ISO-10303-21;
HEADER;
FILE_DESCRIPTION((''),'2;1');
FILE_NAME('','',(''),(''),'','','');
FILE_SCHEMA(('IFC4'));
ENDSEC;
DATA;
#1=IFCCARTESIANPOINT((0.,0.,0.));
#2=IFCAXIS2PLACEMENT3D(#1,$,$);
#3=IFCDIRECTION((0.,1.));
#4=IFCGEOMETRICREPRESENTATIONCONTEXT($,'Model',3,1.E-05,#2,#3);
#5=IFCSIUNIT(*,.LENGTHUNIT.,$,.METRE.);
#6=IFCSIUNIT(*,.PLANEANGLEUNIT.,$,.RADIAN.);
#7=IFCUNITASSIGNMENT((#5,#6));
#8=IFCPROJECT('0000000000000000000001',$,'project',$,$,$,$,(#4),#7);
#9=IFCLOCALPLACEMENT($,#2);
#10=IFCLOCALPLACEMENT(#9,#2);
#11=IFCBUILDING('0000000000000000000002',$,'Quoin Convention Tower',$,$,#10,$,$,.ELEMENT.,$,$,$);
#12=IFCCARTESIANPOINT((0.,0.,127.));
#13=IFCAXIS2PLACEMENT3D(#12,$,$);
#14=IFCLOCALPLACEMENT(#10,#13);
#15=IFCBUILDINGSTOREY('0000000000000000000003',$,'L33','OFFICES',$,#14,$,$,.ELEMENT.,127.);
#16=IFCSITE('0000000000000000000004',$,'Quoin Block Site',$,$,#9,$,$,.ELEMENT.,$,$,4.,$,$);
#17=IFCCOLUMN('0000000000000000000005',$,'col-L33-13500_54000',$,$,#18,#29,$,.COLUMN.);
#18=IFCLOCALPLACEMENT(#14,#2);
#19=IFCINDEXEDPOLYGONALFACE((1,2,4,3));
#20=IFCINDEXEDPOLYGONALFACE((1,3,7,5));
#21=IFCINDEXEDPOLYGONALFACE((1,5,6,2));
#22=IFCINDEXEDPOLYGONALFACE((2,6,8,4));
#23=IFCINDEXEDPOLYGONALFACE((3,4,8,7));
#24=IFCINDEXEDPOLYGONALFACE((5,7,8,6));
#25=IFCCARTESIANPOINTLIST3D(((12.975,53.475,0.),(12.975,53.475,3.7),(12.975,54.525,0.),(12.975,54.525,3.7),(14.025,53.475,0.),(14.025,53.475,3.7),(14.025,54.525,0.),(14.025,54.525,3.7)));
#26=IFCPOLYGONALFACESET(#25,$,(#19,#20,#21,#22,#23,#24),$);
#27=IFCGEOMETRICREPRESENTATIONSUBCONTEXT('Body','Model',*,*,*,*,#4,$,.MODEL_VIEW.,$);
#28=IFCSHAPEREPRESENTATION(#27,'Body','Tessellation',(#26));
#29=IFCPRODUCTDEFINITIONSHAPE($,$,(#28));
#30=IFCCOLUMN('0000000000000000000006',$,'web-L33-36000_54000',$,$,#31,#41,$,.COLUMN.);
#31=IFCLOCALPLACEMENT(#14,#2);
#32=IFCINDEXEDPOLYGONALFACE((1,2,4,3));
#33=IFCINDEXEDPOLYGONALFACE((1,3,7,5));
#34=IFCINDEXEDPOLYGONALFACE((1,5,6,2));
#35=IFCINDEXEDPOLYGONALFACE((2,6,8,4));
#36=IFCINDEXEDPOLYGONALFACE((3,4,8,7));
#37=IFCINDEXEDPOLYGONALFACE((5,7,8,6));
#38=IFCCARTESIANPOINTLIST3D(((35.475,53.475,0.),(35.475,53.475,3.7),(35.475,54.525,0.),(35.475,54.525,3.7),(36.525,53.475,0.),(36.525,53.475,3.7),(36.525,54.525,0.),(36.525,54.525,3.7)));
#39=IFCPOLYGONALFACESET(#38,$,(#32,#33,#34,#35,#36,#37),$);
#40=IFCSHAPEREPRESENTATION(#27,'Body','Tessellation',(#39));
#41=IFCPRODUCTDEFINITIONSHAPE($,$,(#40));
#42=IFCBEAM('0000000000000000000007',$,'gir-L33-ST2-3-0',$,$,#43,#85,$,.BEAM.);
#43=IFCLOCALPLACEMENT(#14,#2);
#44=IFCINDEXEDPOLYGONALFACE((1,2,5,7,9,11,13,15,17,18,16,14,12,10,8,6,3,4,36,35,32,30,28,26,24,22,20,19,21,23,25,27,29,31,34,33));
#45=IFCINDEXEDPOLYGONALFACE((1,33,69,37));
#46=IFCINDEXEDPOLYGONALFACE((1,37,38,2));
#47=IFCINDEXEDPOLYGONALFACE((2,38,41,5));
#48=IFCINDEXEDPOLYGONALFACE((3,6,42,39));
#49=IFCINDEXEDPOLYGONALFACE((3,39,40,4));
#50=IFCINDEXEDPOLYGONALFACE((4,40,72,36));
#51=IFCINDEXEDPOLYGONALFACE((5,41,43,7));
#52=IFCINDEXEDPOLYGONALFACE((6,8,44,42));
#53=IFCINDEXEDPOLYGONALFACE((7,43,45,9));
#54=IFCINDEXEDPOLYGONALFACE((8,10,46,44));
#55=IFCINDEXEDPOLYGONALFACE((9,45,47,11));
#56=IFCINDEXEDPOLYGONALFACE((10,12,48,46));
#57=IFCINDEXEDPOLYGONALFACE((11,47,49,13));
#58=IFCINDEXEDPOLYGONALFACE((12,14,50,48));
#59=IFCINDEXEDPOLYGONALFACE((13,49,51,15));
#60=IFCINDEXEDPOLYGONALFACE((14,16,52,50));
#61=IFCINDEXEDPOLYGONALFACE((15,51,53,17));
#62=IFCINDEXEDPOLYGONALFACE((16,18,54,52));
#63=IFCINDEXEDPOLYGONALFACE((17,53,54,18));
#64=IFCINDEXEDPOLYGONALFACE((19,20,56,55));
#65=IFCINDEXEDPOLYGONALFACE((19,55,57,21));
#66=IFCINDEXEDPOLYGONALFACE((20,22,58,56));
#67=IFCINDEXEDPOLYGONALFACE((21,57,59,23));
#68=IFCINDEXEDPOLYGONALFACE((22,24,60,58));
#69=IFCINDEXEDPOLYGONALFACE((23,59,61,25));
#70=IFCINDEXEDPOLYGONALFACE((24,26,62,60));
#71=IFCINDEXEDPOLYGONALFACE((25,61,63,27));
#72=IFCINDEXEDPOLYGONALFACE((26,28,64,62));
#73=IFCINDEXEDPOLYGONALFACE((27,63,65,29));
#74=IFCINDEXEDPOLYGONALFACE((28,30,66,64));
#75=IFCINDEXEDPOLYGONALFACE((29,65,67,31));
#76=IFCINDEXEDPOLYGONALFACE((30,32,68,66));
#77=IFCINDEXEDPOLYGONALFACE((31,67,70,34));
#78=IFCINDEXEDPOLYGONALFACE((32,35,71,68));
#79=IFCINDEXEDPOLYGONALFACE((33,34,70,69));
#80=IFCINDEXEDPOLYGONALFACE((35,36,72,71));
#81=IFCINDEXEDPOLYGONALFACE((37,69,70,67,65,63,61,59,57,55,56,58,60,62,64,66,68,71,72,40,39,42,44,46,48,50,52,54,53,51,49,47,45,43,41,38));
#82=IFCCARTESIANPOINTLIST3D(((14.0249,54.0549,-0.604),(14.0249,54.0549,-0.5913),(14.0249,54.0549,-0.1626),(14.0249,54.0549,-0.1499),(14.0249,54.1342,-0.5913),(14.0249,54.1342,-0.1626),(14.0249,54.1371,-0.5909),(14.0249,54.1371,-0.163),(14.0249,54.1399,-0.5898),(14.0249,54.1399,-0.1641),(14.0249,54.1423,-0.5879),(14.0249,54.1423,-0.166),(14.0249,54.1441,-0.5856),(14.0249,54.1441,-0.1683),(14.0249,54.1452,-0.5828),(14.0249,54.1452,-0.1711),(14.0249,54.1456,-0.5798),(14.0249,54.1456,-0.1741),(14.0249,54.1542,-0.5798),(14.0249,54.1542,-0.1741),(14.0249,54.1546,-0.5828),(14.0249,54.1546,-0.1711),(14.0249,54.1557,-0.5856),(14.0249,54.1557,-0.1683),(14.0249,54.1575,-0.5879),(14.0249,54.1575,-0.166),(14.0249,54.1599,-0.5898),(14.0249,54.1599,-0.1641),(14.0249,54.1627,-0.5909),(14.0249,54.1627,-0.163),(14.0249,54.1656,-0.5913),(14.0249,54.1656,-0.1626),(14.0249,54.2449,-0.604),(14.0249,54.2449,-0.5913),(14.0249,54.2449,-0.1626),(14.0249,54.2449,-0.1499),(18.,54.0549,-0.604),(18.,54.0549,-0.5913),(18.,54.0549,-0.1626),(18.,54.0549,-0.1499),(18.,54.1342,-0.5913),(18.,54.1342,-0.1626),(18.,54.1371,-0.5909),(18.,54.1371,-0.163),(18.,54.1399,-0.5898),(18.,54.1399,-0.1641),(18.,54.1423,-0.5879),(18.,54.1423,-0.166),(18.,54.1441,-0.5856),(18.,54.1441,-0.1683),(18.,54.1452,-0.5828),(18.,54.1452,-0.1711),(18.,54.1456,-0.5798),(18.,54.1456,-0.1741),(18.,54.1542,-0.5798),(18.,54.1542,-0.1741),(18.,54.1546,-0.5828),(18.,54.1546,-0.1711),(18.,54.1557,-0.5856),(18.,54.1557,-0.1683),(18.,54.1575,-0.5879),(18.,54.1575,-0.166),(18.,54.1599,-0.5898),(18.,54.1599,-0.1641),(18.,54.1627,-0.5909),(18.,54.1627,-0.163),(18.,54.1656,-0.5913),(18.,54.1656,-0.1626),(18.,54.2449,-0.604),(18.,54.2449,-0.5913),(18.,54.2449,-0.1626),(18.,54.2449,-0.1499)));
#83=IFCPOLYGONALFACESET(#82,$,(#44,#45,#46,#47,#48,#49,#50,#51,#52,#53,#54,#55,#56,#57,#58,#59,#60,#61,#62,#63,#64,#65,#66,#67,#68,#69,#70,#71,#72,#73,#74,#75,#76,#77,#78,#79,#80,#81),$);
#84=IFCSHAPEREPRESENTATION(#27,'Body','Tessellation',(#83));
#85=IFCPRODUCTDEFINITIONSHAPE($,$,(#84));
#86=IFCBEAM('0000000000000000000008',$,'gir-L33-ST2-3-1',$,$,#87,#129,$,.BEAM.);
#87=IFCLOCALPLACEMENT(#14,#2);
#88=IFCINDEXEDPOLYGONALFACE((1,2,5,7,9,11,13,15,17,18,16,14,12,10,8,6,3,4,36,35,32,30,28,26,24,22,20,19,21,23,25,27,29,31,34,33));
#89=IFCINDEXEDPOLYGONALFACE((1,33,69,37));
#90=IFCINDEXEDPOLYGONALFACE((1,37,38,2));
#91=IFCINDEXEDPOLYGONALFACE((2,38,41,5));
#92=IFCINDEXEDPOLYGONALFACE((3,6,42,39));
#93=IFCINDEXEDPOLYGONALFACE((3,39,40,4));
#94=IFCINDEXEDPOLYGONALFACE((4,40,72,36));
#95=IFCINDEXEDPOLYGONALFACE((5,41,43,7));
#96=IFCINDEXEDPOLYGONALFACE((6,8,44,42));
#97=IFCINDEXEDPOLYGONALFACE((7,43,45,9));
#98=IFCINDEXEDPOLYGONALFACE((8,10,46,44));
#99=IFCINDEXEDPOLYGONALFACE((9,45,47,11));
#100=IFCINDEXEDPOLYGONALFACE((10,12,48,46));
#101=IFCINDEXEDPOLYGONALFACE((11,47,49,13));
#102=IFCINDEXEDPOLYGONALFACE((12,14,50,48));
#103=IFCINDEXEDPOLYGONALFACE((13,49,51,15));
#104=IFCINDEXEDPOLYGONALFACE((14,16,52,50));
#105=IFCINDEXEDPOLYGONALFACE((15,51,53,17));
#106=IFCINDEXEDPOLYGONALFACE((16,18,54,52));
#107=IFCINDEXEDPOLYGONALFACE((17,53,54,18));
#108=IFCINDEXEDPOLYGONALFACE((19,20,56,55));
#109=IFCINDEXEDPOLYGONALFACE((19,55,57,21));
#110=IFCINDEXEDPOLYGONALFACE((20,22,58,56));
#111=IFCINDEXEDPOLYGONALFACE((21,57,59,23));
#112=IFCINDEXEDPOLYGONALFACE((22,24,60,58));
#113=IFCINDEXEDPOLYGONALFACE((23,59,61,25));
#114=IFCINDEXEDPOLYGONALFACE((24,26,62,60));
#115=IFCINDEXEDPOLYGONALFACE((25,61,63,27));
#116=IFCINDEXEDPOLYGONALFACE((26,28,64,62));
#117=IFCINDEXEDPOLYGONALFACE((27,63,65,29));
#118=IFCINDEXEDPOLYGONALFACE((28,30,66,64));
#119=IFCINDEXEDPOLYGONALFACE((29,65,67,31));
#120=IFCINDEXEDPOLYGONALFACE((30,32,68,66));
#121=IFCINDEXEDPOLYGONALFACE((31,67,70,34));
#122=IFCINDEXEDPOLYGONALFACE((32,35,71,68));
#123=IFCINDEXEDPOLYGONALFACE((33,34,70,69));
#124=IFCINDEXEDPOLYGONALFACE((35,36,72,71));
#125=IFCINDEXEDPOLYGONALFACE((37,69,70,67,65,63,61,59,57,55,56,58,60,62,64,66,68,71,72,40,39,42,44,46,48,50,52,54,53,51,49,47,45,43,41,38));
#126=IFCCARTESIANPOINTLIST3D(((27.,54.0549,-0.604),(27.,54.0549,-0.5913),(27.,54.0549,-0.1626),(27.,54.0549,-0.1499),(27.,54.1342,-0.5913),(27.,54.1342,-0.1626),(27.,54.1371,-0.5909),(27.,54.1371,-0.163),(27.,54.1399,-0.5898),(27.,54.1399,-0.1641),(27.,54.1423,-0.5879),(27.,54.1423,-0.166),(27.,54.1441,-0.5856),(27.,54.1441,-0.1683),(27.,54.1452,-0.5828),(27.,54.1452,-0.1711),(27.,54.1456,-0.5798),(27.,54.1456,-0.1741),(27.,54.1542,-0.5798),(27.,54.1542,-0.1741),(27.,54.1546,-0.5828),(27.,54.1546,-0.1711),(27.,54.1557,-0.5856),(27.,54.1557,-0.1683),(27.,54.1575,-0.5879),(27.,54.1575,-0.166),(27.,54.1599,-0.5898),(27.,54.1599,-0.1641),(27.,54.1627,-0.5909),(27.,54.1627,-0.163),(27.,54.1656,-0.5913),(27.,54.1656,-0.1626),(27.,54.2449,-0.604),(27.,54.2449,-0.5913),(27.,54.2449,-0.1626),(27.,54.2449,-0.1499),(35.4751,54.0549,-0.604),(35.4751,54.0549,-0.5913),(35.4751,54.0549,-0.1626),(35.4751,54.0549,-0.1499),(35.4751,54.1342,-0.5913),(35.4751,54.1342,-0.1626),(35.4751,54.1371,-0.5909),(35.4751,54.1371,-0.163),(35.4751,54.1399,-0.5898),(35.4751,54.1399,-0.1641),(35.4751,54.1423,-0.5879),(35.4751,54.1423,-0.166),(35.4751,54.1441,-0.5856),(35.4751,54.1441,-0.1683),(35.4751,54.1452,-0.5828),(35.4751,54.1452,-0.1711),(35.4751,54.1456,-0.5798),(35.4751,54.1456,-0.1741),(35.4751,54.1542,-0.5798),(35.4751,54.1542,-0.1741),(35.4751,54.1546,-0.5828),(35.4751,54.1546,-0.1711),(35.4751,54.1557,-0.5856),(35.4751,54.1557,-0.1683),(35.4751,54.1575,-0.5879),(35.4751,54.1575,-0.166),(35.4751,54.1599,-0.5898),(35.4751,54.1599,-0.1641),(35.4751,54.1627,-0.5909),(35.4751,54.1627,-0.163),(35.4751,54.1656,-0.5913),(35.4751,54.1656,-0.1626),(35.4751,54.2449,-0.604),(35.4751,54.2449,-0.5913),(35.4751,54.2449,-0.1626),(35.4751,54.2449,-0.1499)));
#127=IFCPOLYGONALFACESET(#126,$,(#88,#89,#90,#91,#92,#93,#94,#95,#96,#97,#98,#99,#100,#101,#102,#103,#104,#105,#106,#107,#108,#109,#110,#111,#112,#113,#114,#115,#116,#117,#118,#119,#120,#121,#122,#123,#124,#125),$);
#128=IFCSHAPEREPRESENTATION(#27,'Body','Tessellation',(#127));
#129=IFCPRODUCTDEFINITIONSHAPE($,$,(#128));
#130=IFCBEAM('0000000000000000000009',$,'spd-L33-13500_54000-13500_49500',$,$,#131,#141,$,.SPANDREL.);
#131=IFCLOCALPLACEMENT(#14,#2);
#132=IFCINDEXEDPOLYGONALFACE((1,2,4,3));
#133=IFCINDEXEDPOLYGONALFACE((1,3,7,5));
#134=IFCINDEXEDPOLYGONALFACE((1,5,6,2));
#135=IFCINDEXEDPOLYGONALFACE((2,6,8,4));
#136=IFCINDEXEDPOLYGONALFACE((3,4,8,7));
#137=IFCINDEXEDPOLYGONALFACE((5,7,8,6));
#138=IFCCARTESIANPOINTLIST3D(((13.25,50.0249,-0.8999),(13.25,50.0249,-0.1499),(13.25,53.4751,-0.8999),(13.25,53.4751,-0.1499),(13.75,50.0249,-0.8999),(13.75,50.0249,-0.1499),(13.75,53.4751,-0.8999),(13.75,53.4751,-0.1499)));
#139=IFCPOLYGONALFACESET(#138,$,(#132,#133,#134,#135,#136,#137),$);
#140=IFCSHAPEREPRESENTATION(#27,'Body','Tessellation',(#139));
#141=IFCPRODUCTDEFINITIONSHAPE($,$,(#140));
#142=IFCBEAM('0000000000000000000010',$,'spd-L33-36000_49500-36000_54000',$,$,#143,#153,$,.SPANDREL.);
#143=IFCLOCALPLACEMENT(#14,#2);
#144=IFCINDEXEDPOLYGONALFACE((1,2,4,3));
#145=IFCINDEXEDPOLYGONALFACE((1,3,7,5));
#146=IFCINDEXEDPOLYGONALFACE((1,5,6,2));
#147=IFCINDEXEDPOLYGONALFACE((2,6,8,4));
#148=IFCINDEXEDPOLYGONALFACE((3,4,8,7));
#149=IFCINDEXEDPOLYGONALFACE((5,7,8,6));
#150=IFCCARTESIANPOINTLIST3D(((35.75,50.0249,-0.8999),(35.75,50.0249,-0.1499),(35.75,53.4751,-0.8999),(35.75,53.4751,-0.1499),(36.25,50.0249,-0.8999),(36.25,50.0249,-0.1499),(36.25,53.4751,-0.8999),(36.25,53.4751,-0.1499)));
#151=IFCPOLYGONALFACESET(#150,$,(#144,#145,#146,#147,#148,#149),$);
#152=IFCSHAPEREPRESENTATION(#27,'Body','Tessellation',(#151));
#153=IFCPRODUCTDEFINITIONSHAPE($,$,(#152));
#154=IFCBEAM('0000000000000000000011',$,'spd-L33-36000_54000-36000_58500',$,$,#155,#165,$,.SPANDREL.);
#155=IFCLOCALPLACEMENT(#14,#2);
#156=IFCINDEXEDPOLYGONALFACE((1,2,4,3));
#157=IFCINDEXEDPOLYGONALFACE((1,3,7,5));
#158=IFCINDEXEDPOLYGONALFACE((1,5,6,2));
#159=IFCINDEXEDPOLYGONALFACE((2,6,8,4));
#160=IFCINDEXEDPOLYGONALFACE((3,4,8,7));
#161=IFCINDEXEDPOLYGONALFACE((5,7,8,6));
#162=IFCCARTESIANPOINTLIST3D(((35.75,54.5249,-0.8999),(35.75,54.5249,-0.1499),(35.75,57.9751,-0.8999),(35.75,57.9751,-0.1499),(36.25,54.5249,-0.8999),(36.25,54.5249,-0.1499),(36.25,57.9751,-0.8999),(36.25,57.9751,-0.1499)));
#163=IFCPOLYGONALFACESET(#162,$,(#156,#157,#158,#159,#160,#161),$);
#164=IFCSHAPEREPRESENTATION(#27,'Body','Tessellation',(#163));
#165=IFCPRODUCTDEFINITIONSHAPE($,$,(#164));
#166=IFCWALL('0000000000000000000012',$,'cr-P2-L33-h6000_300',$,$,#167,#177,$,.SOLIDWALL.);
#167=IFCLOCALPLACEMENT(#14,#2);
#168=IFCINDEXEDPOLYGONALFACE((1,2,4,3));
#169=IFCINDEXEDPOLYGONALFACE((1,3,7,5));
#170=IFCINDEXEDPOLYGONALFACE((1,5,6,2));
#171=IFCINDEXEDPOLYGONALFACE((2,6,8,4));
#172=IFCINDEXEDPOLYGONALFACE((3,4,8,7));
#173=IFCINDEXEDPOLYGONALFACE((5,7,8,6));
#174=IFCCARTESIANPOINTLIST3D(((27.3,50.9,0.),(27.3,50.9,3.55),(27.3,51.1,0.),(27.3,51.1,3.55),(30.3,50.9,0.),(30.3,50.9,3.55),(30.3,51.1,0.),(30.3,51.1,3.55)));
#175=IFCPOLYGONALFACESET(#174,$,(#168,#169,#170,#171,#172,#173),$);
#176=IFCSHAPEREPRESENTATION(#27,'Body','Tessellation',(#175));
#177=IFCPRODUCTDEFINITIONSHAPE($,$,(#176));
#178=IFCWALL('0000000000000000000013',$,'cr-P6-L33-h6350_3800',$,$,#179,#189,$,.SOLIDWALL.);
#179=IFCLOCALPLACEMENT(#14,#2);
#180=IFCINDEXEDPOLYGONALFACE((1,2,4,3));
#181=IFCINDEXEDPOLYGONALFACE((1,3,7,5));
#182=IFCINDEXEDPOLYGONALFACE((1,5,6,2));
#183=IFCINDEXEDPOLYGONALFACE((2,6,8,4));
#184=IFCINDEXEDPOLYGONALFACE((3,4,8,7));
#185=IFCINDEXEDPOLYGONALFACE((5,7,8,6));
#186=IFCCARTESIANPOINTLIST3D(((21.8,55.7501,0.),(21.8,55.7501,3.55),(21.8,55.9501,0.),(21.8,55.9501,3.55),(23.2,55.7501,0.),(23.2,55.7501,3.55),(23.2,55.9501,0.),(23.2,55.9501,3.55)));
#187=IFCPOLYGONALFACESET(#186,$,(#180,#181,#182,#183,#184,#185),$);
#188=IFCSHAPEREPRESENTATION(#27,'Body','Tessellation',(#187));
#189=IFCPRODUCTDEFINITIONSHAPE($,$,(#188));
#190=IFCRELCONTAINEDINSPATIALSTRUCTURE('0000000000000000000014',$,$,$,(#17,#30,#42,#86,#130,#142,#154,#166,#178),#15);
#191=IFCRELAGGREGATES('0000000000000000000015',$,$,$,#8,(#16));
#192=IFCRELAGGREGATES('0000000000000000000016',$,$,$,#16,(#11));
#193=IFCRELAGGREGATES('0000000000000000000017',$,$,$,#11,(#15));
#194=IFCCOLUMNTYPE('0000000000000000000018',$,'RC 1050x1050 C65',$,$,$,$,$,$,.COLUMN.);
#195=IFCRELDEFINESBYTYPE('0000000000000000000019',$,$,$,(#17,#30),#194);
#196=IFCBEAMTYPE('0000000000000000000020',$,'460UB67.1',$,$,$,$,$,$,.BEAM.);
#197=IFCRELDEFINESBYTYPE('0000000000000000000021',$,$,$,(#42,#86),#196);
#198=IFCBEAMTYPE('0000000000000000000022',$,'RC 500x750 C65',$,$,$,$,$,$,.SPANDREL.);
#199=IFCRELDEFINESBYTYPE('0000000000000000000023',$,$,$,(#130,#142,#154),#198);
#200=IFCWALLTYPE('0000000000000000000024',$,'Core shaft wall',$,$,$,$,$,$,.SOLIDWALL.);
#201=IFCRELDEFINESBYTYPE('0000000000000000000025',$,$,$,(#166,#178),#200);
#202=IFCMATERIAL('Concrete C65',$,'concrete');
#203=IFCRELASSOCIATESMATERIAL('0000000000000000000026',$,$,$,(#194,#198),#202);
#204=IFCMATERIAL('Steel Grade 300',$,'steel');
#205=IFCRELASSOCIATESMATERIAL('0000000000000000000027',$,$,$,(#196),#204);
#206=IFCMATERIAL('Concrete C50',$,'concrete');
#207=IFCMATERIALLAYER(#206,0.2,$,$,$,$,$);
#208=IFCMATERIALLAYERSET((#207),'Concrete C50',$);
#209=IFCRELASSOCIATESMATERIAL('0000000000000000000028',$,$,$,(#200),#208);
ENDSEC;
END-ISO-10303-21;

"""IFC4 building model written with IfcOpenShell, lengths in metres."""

from ifc_helpers import new_model, si_unit, direction, frame, frame_2d, origin, origin_2d, place, context, subcontext, project, spatial, rectangle, i_section, extrude, material, layer, layer_set, material_profile, profile_set, type_object, element, save


model = new_model("IFC4")

# Units and contexts
model_context = context("Model", 3, precision=1e-05, world=origin(), true_north=direction((0.0, 1.0)))
body_context = subcontext(model_context, "Body", "Model", "MODEL_VIEW")
ifc_project = project(units=[si_unit("LENGTHUNIT", "METRE"), si_unit("PLANEANGLEUNIT", "RADIAN")], contexts=[model_context])

# Site, building, storey
site_placement = place(None, origin())
site = spatial("IfcSite", under=ifc_project, at=site_placement, Name="Quoin Block Site", CompositionType="ELEMENT", RefElevation=4.0)
building_placement = place(site_placement, origin())
building = spatial("IfcBuilding", under=site, at=building_placement, Name="Quoin Convention Tower", CompositionType="ELEMENT")
storey_placement = place(building_placement, frame((0.0, 0.0, 127.0)))
storey = spatial("IfcBuildingStorey", under=building, at=storey_placement, Name="L33", Description="OFFICES", CompositionType="ELEMENT", Elevation=127.0)

# Columns
ifc_material_1 = material(Name="Concrete C65", Category="concrete")
ifc_material_profile_1 = material_profile(ifc_material_1, rectangle(XDim=1.05, YDim=1.05, at=origin_2d()), Name="RC 1050x1050")
ifc_profile_set_1 = profile_set([ifc_material_profile_1], Name="Concrete C65")
column_type = type_object("IfcColumnType", Name="RC 1050x1050 C65", PredefinedType="COLUMN", material=ifc_profile_set_1)
for number, where, z_axis, x_axis, name in (
    (1, (13.5, 54.0, 0.0), (0.0, 0.0, 1.0), (1.0, 0.0, 0.0), "col-L33-13500_54000"),
    (2, (36.0, 54.0, 0.0), (0.0, 0.0, 1.0), (1.0, 0.0, 0.0), "web-L33-36000_54000"),
):
    element("IfcColumn", number, at=place(storey_placement, frame(where, z_axis=z_axis, x_axis=x_axis)), inside=storey, type_object=column_type, Name=name, PredefinedType="COLUMN", context=body_context, shape_type="SweptSolid", body=[
        extrude(rectangle(XDim=1.05, YDim=1.05, at=origin_2d()), origin(), (0.0, 0.0, 1.0), 3.7),
    ])

# Beams
ifc_material_2 = material(Name="Steel Grade 300", Category="steel")
ifc_material_profile_2 = material_profile(ifc_material_2, i_section(OverallWidth=0.1899, OverallDepth=0.4541, WebThickness=0.0085, FlangeThickness=0.0127, FilletRadius=0.0115, at=origin_2d()), Name="460UB67.1")
ifc_profile_set_2 = profile_set([ifc_material_profile_2], Name="Steel Grade 300")
beam_type_1 = type_object("IfcBeamType", Name="460UB67.1", PredefinedType="BEAM", material=ifc_profile_set_2)
beam_1_placement = place(storey_placement, frame((14.0249, 54.1499, -0.377), z_axis=(1.0, 0.0, 0.0), x_axis=(0.0, 1.0, 0.0)))
element("IfcBeam", 3, at=beam_1_placement, inside=storey, type_object=beam_type_1, Name="gir-L33-ST2-3-0", PredefinedType="BEAM", context=body_context, shape_type="SweptSolid", body=[
    extrude(i_section(OverallWidth=0.1899, OverallDepth=0.4541, WebThickness=0.0085, FlangeThickness=0.0127, FilletRadius=0.0115, at=origin_2d()), origin(), (0.0, 0.0, 1.0), 3.9751),
])
beam_2_placement = place(storey_placement, frame((27.0, 54.1499, -0.377), z_axis=(1.0, 0.0, 0.0), x_axis=(0.0, 1.0, 0.0)))
element("IfcBeam", 4, at=beam_2_placement, inside=storey, type_object=beam_type_1, Name="gir-L33-ST2-3-1", PredefinedType="BEAM", context=body_context, shape_type="SweptSolid", body=[
    extrude(i_section(OverallWidth=0.1899, OverallDepth=0.4541, WebThickness=0.0085, FlangeThickness=0.0127, FilletRadius=0.0115, at=origin_2d()), origin(), (0.0, 0.0, 1.0), 8.4751),
])
ifc_material_profile_3 = material_profile(ifc_material_1, rectangle(XDim=0.5, YDim=0.75, at=origin_2d()), Name="RC 500x750")
ifc_profile_set_3 = profile_set([ifc_material_profile_3], Name="Concrete C65")
beam_type_2 = type_object("IfcBeamType", Name="RC 500x750 C65", PredefinedType="SPANDREL", material=ifc_profile_set_3)
for number, where, z_axis, x_axis, name in (
    (5, (13.5, 53.4751, -0.5249), (0.0, -1.0, 0.0), (1.0, 0.0, 0.0), "spd-L33-13500_54000-13500_49500"),
    (6, (36.0, 50.0249, -0.5249), (0.0, 1.0, 0.0), (-1.0, 0.0, 0.0), "spd-L33-36000_49500-36000_54000"),
    (7, (36.0, 54.5249, -0.5249), (0.0, 1.0, 0.0), (-1.0, 0.0, 0.0), "spd-L33-36000_54000-36000_58500"),
):
    element("IfcBeam", number, at=place(storey_placement, frame(where, z_axis=z_axis, x_axis=x_axis)), inside=storey, type_object=beam_type_2, Name=name, PredefinedType="SPANDREL", context=body_context, shape_type="SweptSolid", body=[
        extrude(rectangle(XDim=0.5, YDim=0.75, at=origin_2d()), origin(), (0.0, 0.0, 1.0), 3.4502),
    ])

# Walls
ifc_material_3 = material(Name="Concrete C50", Category="concrete")
ifc_layer_1 = layer(ifc_material_3, 0.2)
ifc_layer_set_1 = layer_set([ifc_layer_1], Name="Concrete C50")
wall_type_1 = type_object("IfcWallType", Name="Core shaft wall", PredefinedType="SOLIDWALL", material=ifc_layer_set_1)
wall_1_placement = place(storey_placement, frame((27.3, 51.0, 0.0), z_axis=(0.0, 0.0, 1.0), x_axis=(1.0, 0.0, 0.0)))
element("IfcWall", 8, at=wall_1_placement, inside=storey, type_object=wall_type_1, Name="cr-P2-L33-h6000_300", PredefinedType="SOLIDWALL", context=body_context, shape_type="SweptSolid", body=[
    extrude(rectangle(XDim=3.0, YDim=0.2, at=frame_2d((1.5, 0.0))), origin(), (0.0, 0.0, 1.0), 3.55),
])
wall_2_placement = place(storey_placement, frame((21.8, 55.8501, 0.0), z_axis=(0.0, 0.0, 1.0), x_axis=(1.0, 0.0, 0.0)))
element("IfcWall", 9, at=wall_2_placement, inside=storey, type_object=wall_type_1, Name="cr-P6-L33-h6350_3800", PredefinedType="SOLIDWALL", context=body_context, shape_type="SweptSolid", body=[
    extrude(rectangle(XDim=1.3999, YDim=0.2, at=frame_2d((0.7, 0.0))), origin(), (0.0, 0.0, 1.0), 3.55),
])

save(model, "model.ifc")
